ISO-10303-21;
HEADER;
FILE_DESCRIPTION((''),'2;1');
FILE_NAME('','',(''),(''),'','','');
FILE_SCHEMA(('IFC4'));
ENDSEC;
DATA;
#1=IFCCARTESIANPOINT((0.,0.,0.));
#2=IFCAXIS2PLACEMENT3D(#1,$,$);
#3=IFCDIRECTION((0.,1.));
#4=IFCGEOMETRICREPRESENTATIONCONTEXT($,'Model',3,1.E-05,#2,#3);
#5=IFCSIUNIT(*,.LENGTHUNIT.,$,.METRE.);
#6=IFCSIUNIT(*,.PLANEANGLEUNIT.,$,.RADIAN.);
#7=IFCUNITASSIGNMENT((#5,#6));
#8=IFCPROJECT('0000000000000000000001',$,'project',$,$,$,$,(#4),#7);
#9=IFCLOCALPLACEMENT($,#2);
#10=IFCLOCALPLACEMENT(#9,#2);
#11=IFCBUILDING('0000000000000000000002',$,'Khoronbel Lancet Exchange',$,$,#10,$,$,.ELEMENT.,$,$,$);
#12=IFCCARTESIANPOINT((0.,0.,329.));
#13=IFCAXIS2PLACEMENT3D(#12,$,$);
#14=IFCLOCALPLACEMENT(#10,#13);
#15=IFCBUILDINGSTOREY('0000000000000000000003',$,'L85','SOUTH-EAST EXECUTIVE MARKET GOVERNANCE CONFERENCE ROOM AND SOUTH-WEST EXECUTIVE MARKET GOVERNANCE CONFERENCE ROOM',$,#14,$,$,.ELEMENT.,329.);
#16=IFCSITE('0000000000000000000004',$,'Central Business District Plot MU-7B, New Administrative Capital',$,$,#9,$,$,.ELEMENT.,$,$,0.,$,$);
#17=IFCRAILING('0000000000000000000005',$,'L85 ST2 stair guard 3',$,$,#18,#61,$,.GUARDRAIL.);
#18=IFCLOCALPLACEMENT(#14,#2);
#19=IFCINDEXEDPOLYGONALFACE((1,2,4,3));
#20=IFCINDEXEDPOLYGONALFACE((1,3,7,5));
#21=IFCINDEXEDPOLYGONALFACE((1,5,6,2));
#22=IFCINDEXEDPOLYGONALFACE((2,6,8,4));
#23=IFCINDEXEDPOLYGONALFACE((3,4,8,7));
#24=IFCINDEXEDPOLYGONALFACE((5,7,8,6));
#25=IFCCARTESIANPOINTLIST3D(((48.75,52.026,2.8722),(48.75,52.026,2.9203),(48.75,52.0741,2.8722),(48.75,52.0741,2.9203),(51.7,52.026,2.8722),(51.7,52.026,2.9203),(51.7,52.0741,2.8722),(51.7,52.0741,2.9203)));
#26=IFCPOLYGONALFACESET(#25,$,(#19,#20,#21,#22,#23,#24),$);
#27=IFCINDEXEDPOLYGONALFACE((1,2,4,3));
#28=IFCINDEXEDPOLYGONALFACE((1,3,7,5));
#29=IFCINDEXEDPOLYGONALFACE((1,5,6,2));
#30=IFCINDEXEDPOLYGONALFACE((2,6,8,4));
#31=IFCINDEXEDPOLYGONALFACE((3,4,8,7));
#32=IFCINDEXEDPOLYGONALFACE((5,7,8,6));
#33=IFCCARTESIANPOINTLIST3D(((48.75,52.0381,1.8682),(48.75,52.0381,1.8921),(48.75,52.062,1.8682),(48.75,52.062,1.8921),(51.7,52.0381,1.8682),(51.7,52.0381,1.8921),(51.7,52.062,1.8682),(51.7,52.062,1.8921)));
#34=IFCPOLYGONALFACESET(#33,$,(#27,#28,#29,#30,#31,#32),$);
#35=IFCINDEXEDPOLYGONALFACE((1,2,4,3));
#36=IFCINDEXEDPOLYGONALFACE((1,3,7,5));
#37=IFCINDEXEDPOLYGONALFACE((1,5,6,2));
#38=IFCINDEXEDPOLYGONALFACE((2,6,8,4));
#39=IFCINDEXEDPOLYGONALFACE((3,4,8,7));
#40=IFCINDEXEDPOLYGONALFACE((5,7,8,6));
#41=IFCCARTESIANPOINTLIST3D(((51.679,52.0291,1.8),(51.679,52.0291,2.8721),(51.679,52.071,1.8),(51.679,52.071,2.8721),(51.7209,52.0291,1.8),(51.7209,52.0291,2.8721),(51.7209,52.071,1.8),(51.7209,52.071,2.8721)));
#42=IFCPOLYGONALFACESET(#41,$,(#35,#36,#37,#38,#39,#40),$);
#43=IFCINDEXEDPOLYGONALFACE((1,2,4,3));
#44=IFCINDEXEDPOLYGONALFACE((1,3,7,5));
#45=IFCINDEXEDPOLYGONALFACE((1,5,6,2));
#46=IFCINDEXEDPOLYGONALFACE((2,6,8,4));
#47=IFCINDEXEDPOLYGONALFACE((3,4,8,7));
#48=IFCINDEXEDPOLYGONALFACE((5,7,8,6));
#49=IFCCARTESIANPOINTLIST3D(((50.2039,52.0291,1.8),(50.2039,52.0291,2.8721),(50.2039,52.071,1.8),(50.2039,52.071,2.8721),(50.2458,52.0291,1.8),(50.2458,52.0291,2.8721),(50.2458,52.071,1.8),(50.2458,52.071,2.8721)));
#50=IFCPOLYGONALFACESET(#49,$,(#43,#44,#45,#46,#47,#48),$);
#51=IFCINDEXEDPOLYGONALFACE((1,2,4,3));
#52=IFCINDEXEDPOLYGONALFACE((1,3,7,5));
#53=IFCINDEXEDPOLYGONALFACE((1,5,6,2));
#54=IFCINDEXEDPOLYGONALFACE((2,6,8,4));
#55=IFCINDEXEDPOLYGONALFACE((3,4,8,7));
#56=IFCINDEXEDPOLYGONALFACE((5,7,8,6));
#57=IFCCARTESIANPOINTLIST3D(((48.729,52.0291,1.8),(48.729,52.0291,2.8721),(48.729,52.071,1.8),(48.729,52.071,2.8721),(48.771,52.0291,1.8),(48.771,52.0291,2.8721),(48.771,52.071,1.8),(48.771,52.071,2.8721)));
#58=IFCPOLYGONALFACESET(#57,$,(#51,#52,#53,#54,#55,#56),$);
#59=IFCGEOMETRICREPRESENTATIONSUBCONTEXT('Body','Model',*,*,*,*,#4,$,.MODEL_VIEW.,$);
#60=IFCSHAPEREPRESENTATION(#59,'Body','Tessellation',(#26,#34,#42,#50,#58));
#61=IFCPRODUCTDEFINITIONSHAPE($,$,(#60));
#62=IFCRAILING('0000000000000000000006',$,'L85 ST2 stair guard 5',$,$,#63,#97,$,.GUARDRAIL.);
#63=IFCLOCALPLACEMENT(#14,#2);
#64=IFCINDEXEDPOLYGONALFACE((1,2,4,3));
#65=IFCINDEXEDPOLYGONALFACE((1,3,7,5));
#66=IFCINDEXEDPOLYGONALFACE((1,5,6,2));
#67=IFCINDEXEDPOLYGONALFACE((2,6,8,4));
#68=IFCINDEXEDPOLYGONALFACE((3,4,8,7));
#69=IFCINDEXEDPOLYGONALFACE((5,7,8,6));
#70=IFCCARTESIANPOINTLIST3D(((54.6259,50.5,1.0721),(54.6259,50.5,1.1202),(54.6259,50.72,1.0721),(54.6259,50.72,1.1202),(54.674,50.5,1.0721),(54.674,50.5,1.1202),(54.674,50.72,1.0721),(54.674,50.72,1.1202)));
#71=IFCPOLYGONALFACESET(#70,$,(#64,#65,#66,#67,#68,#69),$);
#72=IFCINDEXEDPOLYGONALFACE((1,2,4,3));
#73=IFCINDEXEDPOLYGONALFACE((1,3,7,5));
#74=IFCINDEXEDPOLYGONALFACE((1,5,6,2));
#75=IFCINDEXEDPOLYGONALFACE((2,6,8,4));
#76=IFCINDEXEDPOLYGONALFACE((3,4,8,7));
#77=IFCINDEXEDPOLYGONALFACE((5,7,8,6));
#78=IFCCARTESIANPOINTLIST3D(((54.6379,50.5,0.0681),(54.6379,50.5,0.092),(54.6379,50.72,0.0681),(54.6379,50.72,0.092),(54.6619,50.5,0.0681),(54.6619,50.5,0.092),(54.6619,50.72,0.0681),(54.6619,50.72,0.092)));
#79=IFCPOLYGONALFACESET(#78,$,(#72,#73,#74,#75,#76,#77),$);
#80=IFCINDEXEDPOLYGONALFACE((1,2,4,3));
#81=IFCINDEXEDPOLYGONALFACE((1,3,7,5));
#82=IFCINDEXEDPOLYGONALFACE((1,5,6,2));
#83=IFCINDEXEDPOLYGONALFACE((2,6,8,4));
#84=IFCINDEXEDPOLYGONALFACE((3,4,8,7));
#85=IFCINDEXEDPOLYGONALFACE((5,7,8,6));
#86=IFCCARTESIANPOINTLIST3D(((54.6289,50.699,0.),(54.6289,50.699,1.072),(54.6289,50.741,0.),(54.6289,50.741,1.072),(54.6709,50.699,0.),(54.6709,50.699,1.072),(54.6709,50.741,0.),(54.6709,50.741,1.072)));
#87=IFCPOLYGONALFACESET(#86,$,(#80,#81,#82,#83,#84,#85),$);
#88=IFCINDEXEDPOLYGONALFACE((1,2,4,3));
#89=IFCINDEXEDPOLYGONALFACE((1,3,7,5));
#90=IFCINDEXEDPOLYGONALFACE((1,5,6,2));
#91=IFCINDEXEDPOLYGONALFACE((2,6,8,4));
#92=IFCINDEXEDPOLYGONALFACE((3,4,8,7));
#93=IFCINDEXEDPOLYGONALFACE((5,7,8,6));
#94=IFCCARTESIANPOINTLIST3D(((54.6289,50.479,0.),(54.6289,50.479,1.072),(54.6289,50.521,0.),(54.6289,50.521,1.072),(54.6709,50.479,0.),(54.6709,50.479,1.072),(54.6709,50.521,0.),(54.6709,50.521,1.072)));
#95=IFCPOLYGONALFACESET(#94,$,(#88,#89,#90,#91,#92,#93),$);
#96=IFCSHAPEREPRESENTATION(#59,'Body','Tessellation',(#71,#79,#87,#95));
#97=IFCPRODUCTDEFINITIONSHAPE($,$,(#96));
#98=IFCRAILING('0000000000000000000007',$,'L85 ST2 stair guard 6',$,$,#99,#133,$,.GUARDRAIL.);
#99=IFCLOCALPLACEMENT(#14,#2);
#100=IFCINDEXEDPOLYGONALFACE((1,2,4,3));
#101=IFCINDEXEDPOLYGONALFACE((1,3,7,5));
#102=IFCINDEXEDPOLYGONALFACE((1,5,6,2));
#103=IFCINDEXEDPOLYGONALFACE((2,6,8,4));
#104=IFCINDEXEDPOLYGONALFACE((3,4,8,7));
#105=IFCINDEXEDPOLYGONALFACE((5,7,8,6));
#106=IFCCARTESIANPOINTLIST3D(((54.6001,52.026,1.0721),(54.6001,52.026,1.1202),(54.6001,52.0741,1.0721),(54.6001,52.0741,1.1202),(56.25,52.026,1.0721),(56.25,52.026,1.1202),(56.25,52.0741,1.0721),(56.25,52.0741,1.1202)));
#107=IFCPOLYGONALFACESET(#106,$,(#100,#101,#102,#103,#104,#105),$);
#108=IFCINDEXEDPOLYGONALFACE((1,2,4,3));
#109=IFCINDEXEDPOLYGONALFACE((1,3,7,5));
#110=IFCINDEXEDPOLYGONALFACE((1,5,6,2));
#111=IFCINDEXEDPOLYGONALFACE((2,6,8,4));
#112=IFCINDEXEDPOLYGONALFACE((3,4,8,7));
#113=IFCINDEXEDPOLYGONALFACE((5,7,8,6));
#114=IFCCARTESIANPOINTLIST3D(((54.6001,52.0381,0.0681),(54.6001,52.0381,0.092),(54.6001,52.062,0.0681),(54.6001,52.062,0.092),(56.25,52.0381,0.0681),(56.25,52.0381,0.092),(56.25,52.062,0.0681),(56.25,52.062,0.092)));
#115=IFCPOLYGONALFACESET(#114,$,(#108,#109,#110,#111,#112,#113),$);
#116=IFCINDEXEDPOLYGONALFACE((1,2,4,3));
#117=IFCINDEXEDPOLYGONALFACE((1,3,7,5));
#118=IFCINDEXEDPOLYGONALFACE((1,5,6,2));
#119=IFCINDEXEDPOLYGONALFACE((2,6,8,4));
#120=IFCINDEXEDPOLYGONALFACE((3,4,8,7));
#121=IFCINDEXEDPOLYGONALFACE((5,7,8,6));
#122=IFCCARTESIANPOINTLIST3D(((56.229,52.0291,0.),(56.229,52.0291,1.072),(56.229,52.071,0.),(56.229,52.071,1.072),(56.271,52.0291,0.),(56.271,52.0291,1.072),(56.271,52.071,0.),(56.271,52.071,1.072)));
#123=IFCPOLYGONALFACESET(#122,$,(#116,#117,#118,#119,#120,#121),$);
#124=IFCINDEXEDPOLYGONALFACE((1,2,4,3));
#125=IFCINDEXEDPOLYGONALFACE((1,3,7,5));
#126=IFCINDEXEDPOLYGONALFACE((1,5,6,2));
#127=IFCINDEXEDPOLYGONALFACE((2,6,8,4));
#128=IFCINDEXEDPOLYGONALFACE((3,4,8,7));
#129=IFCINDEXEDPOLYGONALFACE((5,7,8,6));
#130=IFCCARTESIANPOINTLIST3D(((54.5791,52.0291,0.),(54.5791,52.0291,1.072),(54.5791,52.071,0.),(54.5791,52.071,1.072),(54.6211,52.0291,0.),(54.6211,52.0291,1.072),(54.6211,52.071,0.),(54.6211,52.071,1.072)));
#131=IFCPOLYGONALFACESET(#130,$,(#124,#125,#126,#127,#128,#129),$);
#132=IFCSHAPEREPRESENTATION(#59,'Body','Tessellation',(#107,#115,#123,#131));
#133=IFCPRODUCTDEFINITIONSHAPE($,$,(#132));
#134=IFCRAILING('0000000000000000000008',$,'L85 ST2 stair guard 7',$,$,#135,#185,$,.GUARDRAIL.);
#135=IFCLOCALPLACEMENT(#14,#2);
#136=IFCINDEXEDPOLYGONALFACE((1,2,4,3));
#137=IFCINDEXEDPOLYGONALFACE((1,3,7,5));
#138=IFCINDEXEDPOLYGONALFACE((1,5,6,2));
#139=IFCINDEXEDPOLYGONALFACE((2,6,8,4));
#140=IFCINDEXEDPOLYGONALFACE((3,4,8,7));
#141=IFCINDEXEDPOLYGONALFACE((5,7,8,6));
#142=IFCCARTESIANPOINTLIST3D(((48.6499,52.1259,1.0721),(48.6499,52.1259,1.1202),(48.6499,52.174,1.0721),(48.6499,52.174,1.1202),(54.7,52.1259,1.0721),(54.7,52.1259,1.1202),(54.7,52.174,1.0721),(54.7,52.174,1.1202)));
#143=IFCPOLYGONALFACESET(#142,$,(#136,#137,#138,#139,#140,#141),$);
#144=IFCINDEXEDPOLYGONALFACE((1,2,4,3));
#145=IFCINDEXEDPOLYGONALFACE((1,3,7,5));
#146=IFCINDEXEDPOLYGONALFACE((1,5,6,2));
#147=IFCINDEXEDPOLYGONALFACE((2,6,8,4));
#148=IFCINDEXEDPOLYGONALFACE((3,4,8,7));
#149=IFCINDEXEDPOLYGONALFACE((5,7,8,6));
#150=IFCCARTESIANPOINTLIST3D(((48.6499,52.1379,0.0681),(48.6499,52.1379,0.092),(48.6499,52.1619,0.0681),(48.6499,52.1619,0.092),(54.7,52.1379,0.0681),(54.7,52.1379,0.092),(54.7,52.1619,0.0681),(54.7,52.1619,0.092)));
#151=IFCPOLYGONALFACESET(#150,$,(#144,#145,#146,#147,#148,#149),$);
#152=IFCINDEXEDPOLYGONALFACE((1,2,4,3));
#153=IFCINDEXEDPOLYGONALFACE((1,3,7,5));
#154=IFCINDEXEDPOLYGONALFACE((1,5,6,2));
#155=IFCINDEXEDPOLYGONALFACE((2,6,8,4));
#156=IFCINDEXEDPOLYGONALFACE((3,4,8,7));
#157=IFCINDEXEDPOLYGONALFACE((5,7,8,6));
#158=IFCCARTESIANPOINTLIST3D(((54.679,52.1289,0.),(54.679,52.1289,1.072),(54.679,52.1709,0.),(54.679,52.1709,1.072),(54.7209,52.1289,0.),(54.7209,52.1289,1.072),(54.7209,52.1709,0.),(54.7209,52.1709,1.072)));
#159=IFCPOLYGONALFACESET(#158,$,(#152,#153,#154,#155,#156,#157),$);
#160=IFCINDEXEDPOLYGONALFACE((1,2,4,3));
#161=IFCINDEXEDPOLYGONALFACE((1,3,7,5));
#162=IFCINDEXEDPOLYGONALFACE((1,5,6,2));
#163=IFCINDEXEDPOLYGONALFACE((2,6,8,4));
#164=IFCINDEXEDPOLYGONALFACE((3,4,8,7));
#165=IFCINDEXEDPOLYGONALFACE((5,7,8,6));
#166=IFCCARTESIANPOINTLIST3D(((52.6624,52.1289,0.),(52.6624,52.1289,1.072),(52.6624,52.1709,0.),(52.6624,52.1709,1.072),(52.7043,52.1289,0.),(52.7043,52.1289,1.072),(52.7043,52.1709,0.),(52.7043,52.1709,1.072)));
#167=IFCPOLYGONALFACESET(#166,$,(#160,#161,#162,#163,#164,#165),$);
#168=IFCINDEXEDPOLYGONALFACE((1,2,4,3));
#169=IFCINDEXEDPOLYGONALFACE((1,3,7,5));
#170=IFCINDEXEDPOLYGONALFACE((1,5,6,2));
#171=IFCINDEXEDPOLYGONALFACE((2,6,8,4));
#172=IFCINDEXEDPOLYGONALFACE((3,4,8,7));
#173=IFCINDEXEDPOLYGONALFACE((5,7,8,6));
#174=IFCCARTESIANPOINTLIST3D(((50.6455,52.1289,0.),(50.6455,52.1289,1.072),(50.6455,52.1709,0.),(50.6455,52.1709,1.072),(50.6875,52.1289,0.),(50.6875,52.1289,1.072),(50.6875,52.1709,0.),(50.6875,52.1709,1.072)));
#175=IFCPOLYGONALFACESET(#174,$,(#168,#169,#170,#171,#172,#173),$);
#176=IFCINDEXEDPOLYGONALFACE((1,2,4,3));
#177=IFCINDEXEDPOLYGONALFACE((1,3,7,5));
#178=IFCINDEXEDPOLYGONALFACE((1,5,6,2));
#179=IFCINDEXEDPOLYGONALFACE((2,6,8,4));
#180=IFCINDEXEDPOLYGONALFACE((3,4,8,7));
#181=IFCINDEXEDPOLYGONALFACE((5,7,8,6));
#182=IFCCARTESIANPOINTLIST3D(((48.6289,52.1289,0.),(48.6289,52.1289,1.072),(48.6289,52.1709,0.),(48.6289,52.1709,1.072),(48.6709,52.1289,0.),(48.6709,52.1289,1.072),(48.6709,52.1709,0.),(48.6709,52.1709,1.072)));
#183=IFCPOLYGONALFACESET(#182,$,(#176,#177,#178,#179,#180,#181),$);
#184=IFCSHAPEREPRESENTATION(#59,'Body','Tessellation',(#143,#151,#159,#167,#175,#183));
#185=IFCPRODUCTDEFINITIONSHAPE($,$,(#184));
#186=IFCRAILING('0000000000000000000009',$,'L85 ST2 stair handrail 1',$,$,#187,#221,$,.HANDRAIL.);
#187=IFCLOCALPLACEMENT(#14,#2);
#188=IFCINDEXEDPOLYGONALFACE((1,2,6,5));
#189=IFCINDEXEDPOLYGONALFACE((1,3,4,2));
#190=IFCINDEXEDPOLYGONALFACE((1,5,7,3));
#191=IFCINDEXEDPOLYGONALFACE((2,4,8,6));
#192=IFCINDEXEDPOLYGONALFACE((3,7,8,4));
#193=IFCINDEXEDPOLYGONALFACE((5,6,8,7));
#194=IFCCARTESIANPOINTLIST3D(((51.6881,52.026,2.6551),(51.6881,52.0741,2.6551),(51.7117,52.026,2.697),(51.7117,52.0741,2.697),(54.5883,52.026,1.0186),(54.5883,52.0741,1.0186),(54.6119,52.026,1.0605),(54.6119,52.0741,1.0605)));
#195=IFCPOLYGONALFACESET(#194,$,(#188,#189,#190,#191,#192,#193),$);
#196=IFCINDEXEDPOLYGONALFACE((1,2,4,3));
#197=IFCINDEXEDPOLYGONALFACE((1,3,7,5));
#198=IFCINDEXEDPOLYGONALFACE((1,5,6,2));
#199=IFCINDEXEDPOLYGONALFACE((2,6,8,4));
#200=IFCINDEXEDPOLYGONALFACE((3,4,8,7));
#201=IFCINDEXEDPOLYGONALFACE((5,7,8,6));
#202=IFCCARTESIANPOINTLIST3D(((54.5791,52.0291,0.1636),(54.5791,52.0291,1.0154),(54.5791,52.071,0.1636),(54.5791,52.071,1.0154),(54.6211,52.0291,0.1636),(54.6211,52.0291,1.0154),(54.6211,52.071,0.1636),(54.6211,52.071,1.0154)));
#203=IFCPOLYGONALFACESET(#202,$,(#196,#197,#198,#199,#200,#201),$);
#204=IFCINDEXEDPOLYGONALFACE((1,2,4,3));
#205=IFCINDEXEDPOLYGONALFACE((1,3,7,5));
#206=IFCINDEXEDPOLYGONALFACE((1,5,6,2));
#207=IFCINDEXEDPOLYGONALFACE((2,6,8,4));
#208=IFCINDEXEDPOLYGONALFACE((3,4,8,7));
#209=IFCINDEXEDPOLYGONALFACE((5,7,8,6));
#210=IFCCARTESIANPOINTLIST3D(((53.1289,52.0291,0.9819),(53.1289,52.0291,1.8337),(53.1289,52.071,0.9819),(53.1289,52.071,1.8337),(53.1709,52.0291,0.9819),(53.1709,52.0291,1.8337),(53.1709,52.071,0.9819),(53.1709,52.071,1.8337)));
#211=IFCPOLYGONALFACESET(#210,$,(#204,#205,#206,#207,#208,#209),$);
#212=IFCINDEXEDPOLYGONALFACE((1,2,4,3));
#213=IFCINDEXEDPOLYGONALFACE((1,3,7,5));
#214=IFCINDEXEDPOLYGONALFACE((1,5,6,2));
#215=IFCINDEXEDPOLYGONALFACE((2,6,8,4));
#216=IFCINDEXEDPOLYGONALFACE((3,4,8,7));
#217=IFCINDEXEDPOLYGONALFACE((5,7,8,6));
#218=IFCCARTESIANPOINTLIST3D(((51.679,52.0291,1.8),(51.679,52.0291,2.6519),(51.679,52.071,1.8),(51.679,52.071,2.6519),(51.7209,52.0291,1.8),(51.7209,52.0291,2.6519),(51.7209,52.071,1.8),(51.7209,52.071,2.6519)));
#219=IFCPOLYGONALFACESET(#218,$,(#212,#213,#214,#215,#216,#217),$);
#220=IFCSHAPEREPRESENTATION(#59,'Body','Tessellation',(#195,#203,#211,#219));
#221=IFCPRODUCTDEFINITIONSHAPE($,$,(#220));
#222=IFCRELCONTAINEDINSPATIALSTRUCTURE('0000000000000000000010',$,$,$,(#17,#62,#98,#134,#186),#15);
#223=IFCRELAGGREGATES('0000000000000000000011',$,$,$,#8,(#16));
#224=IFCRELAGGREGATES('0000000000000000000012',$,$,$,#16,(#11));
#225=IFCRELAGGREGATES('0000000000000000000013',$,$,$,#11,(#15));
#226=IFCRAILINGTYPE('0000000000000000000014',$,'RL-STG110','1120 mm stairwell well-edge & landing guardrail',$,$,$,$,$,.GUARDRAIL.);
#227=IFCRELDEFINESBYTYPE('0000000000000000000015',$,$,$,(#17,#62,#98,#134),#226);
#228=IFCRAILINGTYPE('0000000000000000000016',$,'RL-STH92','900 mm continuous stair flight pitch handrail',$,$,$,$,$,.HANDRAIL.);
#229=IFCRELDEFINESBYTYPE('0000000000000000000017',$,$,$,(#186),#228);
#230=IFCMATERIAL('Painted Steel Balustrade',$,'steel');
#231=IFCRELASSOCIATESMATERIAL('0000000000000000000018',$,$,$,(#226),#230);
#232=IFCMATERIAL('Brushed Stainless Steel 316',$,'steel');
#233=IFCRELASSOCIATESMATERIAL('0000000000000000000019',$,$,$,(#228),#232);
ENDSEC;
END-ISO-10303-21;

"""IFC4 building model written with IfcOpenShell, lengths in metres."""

from ifc_helpers import new_model, si_unit, direction, frame, origin, origin_2d, place, context, subcontext, project, spatial, rectangle, extrude, material, type_object, element, save


model = new_model("IFC4")

# Units and contexts
model_context = context("Model", 3, precision=1e-05, world=origin(), true_north=direction((0.0, 1.0)))
body_context = subcontext(model_context, "Body", "Model", "MODEL_VIEW")
ifc_project = project(units=[si_unit("LENGTHUNIT", "METRE"), si_unit("PLANEANGLEUNIT", "RADIAN")], contexts=[model_context])

# Site, building, storey
site_placement = place(None, origin())
site = spatial("IfcSite", under=ifc_project, at=site_placement, Name="Central Business District Plot MU-7B, New Administrative Capital", CompositionType="ELEMENT", RefElevation=0.0)
building_placement = place(site_placement, origin())
building = spatial("IfcBuilding", under=site, at=building_placement, Name="Khoronbel Lancet Exchange", CompositionType="ELEMENT")
storey_placement = place(building_placement, frame((0.0, 0.0, 329.0)))
storey = spatial("IfcBuildingStorey", under=building, at=storey_placement, Name="L85", Description="SOUTH-EAST EXECUTIVE MARKET GOVERNANCE CONFERENCE ROOM AND SOUTH-WEST EXECUTIVE MARKET GOVERNANCE CONFERENCE ROOM", CompositionType="ELEMENT", Elevation=329.0)

# Railings
ifc_material_1 = material(Name="Painted Steel Balustrade", Category="steel")
railing_type_1 = type_object("IfcRailingType", Name="RL-STG110", Description="1120 mm stairwell well-edge & landing guardrail", PredefinedType="GUARDRAIL", material=ifc_material_1)
railing_1_placement = place(storey_placement, frame((51.7, 52.05, 1.8)))
element("IfcRailing", 1, at=railing_1_placement, inside=storey, type_object=railing_type_1, Name="L85 ST2 stair guard 3", PredefinedType="GUARDRAIL", context=body_context, shape_type="SweptSolid", body=[
    extrude(rectangle(XDim=0.0481, YDim=0.0481, at=origin_2d()), frame((0.0, 0.0, 1.0962), z_axis=(-1.0, 0.0, 0.0), x_axis=(0.0, -1.0, 0.0)), (0.0, 0.0, 1.0), 2.95),
    extrude(rectangle(XDim=0.0239, YDim=0.0239, at=origin_2d()), frame((0.0, 0.0, 0.0801), z_axis=(-1.0, 0.0, 0.0), x_axis=(0.0, -1.0, 0.0)), (0.0, 0.0, 1.0), 2.95),
    extrude(rectangle(XDim=0.042, YDim=0.042, at=origin_2d()), origin(), (0.0, 0.0, 1.0), 1.072),
    extrude(rectangle(XDim=0.042, YDim=0.042, at=origin_2d()), frame((-1.4751, 0.0, 0.0)), (0.0, 0.0, 1.0), 1.072),
    extrude(rectangle(XDim=0.042, YDim=0.042, at=origin_2d()), frame((-2.95, 0.0, 0.0)), (0.0, 0.0, 1.0), 1.072),
])
railing_2_placement = place(storey_placement, frame((54.6499, 50.72, 0.0)))
element("IfcRailing", 2, at=railing_2_placement, inside=storey, type_object=railing_type_1, Name="L85 ST2 stair guard 5", PredefinedType="GUARDRAIL", context=body_context, shape_type="SweptSolid", body=[
    extrude(rectangle(XDim=0.0481, YDim=0.0481, at=origin_2d()), frame((0.0, 0.0, 1.0962), z_axis=(0.0, -1.0, 0.0), x_axis=(1.0, 0.0, 0.0)), (0.0, 0.0, 1.0), 0.22),
    extrude(rectangle(XDim=0.0239, YDim=0.0239, at=origin_2d()), frame((0.0, 0.0, 0.0801), z_axis=(0.0, -1.0, 0.0), x_axis=(1.0, 0.0, 0.0)), (0.0, 0.0, 1.0), 0.22),
    extrude(rectangle(XDim=0.042, YDim=0.042, at=origin_2d()), origin(), (0.0, 0.0, 1.0), 1.072),
    extrude(rectangle(XDim=0.042, YDim=0.042, at=origin_2d()), frame((0.0, -0.22, 0.0)), (0.0, 0.0, 1.0), 1.072),
])
railing_3_placement = place(storey_placement, frame((56.25, 52.05, 0.0)))
element("IfcRailing", 3, at=railing_3_placement, inside=storey, type_object=railing_type_1, Name="L85 ST2 stair guard 6", PredefinedType="GUARDRAIL", context=body_context, shape_type="SweptSolid", body=[
    extrude(rectangle(XDim=0.0481, YDim=0.0481, at=origin_2d()), frame((0.0, 0.0, 1.0962), z_axis=(-1.0, 0.0, 0.0), x_axis=(0.0, -1.0, 0.0)), (0.0, 0.0, 1.0), 1.6499),
    extrude(rectangle(XDim=0.0239, YDim=0.0239, at=origin_2d()), frame((0.0, 0.0, 0.0801), z_axis=(-1.0, 0.0, 0.0), x_axis=(0.0, -1.0, 0.0)), (0.0, 0.0, 1.0), 1.6499),
    extrude(rectangle(XDim=0.042, YDim=0.042, at=origin_2d()), origin(), (0.0, 0.0, 1.0), 1.072),
    extrude(rectangle(XDim=0.042, YDim=0.042, at=origin_2d()), frame((-1.6499, 0.0, 0.0)), (0.0, 0.0, 1.0), 1.072),
])
railing_4_placement = place(storey_placement, frame((54.7, 52.1499, 0.0)))
element("IfcRailing", 4, at=railing_4_placement, inside=storey, type_object=railing_type_1, Name="L85 ST2 stair guard 7", PredefinedType="GUARDRAIL", context=body_context, shape_type="SweptSolid", body=[
    extrude(rectangle(XDim=0.0481, YDim=0.0481, at=origin_2d()), frame((0.0, 0.0, 1.0962), z_axis=(-1.0, 0.0, 0.0), x_axis=(0.0, -1.0, 0.0)), (0.0, 0.0, 1.0), 6.05),
    extrude(rectangle(XDim=0.0239, YDim=0.0239, at=origin_2d()), frame((0.0, 0.0, 0.0801), z_axis=(-1.0, 0.0, 0.0), x_axis=(0.0, -1.0, 0.0)), (0.0, 0.0, 1.0), 6.05),
    extrude(rectangle(XDim=0.042, YDim=0.042, at=origin_2d()), origin(), (0.0, 0.0, 1.0), 1.072),
    extrude(rectangle(XDim=0.042, YDim=0.042, at=origin_2d()), frame((-2.0166, 0.0, 0.0)), (0.0, 0.0, 1.0), 1.072),
    extrude(rectangle(XDim=0.042, YDim=0.042, at=origin_2d()), frame((-4.0334, 0.0, 0.0)), (0.0, 0.0, 1.0), 1.072),
    extrude(rectangle(XDim=0.042, YDim=0.042, at=origin_2d()), frame((-6.05, 0.0, 0.0)), (0.0, 0.0, 1.0), 1.072),
])
ifc_material_2 = material(Name="Brushed Stainless Steel 316", Category="steel")
railing_type_2 = type_object("IfcRailingType", Name="RL-STH92", Description="900 mm continuous stair flight pitch handrail", PredefinedType="HANDRAIL", material=ifc_material_2)
railing_5_placement = place(storey_placement, frame((54.6001, 52.05, 0.1636)))
element("IfcRailing", 5, at=railing_5_placement, inside=storey, type_object=railing_type_2, Name="L85 ST2 stair handrail 1", PredefinedType="HANDRAIL", context=body_context, shape_type="SweptSolid", body=[
    extrude(rectangle(XDim=0.0481, YDim=0.0481, at=origin_2d()), frame((0.0, 0.0, 0.876), z_axis=(-0.870915, 0.0, 0.491434), x_axis=(0.0, -1.0, 0.0)), (0.0, 0.0, 1.0), 3.3301),
    extrude(rectangle(XDim=0.042, YDim=0.042, at=origin_2d()), origin(), (0.0, 0.0, 1.0), 0.8518),
    extrude(rectangle(XDim=0.042, YDim=0.042, at=origin_2d()), frame((-1.4502, 0.0, 0.8184)), (0.0, 0.0, 1.0), 0.8518),
    extrude(rectangle(XDim=0.042, YDim=0.042, at=origin_2d()), frame((-2.9001, 0.0, 1.6365)), (0.0, 0.0, 1.0), 0.8518),
])

save(model, "model.ifc")
